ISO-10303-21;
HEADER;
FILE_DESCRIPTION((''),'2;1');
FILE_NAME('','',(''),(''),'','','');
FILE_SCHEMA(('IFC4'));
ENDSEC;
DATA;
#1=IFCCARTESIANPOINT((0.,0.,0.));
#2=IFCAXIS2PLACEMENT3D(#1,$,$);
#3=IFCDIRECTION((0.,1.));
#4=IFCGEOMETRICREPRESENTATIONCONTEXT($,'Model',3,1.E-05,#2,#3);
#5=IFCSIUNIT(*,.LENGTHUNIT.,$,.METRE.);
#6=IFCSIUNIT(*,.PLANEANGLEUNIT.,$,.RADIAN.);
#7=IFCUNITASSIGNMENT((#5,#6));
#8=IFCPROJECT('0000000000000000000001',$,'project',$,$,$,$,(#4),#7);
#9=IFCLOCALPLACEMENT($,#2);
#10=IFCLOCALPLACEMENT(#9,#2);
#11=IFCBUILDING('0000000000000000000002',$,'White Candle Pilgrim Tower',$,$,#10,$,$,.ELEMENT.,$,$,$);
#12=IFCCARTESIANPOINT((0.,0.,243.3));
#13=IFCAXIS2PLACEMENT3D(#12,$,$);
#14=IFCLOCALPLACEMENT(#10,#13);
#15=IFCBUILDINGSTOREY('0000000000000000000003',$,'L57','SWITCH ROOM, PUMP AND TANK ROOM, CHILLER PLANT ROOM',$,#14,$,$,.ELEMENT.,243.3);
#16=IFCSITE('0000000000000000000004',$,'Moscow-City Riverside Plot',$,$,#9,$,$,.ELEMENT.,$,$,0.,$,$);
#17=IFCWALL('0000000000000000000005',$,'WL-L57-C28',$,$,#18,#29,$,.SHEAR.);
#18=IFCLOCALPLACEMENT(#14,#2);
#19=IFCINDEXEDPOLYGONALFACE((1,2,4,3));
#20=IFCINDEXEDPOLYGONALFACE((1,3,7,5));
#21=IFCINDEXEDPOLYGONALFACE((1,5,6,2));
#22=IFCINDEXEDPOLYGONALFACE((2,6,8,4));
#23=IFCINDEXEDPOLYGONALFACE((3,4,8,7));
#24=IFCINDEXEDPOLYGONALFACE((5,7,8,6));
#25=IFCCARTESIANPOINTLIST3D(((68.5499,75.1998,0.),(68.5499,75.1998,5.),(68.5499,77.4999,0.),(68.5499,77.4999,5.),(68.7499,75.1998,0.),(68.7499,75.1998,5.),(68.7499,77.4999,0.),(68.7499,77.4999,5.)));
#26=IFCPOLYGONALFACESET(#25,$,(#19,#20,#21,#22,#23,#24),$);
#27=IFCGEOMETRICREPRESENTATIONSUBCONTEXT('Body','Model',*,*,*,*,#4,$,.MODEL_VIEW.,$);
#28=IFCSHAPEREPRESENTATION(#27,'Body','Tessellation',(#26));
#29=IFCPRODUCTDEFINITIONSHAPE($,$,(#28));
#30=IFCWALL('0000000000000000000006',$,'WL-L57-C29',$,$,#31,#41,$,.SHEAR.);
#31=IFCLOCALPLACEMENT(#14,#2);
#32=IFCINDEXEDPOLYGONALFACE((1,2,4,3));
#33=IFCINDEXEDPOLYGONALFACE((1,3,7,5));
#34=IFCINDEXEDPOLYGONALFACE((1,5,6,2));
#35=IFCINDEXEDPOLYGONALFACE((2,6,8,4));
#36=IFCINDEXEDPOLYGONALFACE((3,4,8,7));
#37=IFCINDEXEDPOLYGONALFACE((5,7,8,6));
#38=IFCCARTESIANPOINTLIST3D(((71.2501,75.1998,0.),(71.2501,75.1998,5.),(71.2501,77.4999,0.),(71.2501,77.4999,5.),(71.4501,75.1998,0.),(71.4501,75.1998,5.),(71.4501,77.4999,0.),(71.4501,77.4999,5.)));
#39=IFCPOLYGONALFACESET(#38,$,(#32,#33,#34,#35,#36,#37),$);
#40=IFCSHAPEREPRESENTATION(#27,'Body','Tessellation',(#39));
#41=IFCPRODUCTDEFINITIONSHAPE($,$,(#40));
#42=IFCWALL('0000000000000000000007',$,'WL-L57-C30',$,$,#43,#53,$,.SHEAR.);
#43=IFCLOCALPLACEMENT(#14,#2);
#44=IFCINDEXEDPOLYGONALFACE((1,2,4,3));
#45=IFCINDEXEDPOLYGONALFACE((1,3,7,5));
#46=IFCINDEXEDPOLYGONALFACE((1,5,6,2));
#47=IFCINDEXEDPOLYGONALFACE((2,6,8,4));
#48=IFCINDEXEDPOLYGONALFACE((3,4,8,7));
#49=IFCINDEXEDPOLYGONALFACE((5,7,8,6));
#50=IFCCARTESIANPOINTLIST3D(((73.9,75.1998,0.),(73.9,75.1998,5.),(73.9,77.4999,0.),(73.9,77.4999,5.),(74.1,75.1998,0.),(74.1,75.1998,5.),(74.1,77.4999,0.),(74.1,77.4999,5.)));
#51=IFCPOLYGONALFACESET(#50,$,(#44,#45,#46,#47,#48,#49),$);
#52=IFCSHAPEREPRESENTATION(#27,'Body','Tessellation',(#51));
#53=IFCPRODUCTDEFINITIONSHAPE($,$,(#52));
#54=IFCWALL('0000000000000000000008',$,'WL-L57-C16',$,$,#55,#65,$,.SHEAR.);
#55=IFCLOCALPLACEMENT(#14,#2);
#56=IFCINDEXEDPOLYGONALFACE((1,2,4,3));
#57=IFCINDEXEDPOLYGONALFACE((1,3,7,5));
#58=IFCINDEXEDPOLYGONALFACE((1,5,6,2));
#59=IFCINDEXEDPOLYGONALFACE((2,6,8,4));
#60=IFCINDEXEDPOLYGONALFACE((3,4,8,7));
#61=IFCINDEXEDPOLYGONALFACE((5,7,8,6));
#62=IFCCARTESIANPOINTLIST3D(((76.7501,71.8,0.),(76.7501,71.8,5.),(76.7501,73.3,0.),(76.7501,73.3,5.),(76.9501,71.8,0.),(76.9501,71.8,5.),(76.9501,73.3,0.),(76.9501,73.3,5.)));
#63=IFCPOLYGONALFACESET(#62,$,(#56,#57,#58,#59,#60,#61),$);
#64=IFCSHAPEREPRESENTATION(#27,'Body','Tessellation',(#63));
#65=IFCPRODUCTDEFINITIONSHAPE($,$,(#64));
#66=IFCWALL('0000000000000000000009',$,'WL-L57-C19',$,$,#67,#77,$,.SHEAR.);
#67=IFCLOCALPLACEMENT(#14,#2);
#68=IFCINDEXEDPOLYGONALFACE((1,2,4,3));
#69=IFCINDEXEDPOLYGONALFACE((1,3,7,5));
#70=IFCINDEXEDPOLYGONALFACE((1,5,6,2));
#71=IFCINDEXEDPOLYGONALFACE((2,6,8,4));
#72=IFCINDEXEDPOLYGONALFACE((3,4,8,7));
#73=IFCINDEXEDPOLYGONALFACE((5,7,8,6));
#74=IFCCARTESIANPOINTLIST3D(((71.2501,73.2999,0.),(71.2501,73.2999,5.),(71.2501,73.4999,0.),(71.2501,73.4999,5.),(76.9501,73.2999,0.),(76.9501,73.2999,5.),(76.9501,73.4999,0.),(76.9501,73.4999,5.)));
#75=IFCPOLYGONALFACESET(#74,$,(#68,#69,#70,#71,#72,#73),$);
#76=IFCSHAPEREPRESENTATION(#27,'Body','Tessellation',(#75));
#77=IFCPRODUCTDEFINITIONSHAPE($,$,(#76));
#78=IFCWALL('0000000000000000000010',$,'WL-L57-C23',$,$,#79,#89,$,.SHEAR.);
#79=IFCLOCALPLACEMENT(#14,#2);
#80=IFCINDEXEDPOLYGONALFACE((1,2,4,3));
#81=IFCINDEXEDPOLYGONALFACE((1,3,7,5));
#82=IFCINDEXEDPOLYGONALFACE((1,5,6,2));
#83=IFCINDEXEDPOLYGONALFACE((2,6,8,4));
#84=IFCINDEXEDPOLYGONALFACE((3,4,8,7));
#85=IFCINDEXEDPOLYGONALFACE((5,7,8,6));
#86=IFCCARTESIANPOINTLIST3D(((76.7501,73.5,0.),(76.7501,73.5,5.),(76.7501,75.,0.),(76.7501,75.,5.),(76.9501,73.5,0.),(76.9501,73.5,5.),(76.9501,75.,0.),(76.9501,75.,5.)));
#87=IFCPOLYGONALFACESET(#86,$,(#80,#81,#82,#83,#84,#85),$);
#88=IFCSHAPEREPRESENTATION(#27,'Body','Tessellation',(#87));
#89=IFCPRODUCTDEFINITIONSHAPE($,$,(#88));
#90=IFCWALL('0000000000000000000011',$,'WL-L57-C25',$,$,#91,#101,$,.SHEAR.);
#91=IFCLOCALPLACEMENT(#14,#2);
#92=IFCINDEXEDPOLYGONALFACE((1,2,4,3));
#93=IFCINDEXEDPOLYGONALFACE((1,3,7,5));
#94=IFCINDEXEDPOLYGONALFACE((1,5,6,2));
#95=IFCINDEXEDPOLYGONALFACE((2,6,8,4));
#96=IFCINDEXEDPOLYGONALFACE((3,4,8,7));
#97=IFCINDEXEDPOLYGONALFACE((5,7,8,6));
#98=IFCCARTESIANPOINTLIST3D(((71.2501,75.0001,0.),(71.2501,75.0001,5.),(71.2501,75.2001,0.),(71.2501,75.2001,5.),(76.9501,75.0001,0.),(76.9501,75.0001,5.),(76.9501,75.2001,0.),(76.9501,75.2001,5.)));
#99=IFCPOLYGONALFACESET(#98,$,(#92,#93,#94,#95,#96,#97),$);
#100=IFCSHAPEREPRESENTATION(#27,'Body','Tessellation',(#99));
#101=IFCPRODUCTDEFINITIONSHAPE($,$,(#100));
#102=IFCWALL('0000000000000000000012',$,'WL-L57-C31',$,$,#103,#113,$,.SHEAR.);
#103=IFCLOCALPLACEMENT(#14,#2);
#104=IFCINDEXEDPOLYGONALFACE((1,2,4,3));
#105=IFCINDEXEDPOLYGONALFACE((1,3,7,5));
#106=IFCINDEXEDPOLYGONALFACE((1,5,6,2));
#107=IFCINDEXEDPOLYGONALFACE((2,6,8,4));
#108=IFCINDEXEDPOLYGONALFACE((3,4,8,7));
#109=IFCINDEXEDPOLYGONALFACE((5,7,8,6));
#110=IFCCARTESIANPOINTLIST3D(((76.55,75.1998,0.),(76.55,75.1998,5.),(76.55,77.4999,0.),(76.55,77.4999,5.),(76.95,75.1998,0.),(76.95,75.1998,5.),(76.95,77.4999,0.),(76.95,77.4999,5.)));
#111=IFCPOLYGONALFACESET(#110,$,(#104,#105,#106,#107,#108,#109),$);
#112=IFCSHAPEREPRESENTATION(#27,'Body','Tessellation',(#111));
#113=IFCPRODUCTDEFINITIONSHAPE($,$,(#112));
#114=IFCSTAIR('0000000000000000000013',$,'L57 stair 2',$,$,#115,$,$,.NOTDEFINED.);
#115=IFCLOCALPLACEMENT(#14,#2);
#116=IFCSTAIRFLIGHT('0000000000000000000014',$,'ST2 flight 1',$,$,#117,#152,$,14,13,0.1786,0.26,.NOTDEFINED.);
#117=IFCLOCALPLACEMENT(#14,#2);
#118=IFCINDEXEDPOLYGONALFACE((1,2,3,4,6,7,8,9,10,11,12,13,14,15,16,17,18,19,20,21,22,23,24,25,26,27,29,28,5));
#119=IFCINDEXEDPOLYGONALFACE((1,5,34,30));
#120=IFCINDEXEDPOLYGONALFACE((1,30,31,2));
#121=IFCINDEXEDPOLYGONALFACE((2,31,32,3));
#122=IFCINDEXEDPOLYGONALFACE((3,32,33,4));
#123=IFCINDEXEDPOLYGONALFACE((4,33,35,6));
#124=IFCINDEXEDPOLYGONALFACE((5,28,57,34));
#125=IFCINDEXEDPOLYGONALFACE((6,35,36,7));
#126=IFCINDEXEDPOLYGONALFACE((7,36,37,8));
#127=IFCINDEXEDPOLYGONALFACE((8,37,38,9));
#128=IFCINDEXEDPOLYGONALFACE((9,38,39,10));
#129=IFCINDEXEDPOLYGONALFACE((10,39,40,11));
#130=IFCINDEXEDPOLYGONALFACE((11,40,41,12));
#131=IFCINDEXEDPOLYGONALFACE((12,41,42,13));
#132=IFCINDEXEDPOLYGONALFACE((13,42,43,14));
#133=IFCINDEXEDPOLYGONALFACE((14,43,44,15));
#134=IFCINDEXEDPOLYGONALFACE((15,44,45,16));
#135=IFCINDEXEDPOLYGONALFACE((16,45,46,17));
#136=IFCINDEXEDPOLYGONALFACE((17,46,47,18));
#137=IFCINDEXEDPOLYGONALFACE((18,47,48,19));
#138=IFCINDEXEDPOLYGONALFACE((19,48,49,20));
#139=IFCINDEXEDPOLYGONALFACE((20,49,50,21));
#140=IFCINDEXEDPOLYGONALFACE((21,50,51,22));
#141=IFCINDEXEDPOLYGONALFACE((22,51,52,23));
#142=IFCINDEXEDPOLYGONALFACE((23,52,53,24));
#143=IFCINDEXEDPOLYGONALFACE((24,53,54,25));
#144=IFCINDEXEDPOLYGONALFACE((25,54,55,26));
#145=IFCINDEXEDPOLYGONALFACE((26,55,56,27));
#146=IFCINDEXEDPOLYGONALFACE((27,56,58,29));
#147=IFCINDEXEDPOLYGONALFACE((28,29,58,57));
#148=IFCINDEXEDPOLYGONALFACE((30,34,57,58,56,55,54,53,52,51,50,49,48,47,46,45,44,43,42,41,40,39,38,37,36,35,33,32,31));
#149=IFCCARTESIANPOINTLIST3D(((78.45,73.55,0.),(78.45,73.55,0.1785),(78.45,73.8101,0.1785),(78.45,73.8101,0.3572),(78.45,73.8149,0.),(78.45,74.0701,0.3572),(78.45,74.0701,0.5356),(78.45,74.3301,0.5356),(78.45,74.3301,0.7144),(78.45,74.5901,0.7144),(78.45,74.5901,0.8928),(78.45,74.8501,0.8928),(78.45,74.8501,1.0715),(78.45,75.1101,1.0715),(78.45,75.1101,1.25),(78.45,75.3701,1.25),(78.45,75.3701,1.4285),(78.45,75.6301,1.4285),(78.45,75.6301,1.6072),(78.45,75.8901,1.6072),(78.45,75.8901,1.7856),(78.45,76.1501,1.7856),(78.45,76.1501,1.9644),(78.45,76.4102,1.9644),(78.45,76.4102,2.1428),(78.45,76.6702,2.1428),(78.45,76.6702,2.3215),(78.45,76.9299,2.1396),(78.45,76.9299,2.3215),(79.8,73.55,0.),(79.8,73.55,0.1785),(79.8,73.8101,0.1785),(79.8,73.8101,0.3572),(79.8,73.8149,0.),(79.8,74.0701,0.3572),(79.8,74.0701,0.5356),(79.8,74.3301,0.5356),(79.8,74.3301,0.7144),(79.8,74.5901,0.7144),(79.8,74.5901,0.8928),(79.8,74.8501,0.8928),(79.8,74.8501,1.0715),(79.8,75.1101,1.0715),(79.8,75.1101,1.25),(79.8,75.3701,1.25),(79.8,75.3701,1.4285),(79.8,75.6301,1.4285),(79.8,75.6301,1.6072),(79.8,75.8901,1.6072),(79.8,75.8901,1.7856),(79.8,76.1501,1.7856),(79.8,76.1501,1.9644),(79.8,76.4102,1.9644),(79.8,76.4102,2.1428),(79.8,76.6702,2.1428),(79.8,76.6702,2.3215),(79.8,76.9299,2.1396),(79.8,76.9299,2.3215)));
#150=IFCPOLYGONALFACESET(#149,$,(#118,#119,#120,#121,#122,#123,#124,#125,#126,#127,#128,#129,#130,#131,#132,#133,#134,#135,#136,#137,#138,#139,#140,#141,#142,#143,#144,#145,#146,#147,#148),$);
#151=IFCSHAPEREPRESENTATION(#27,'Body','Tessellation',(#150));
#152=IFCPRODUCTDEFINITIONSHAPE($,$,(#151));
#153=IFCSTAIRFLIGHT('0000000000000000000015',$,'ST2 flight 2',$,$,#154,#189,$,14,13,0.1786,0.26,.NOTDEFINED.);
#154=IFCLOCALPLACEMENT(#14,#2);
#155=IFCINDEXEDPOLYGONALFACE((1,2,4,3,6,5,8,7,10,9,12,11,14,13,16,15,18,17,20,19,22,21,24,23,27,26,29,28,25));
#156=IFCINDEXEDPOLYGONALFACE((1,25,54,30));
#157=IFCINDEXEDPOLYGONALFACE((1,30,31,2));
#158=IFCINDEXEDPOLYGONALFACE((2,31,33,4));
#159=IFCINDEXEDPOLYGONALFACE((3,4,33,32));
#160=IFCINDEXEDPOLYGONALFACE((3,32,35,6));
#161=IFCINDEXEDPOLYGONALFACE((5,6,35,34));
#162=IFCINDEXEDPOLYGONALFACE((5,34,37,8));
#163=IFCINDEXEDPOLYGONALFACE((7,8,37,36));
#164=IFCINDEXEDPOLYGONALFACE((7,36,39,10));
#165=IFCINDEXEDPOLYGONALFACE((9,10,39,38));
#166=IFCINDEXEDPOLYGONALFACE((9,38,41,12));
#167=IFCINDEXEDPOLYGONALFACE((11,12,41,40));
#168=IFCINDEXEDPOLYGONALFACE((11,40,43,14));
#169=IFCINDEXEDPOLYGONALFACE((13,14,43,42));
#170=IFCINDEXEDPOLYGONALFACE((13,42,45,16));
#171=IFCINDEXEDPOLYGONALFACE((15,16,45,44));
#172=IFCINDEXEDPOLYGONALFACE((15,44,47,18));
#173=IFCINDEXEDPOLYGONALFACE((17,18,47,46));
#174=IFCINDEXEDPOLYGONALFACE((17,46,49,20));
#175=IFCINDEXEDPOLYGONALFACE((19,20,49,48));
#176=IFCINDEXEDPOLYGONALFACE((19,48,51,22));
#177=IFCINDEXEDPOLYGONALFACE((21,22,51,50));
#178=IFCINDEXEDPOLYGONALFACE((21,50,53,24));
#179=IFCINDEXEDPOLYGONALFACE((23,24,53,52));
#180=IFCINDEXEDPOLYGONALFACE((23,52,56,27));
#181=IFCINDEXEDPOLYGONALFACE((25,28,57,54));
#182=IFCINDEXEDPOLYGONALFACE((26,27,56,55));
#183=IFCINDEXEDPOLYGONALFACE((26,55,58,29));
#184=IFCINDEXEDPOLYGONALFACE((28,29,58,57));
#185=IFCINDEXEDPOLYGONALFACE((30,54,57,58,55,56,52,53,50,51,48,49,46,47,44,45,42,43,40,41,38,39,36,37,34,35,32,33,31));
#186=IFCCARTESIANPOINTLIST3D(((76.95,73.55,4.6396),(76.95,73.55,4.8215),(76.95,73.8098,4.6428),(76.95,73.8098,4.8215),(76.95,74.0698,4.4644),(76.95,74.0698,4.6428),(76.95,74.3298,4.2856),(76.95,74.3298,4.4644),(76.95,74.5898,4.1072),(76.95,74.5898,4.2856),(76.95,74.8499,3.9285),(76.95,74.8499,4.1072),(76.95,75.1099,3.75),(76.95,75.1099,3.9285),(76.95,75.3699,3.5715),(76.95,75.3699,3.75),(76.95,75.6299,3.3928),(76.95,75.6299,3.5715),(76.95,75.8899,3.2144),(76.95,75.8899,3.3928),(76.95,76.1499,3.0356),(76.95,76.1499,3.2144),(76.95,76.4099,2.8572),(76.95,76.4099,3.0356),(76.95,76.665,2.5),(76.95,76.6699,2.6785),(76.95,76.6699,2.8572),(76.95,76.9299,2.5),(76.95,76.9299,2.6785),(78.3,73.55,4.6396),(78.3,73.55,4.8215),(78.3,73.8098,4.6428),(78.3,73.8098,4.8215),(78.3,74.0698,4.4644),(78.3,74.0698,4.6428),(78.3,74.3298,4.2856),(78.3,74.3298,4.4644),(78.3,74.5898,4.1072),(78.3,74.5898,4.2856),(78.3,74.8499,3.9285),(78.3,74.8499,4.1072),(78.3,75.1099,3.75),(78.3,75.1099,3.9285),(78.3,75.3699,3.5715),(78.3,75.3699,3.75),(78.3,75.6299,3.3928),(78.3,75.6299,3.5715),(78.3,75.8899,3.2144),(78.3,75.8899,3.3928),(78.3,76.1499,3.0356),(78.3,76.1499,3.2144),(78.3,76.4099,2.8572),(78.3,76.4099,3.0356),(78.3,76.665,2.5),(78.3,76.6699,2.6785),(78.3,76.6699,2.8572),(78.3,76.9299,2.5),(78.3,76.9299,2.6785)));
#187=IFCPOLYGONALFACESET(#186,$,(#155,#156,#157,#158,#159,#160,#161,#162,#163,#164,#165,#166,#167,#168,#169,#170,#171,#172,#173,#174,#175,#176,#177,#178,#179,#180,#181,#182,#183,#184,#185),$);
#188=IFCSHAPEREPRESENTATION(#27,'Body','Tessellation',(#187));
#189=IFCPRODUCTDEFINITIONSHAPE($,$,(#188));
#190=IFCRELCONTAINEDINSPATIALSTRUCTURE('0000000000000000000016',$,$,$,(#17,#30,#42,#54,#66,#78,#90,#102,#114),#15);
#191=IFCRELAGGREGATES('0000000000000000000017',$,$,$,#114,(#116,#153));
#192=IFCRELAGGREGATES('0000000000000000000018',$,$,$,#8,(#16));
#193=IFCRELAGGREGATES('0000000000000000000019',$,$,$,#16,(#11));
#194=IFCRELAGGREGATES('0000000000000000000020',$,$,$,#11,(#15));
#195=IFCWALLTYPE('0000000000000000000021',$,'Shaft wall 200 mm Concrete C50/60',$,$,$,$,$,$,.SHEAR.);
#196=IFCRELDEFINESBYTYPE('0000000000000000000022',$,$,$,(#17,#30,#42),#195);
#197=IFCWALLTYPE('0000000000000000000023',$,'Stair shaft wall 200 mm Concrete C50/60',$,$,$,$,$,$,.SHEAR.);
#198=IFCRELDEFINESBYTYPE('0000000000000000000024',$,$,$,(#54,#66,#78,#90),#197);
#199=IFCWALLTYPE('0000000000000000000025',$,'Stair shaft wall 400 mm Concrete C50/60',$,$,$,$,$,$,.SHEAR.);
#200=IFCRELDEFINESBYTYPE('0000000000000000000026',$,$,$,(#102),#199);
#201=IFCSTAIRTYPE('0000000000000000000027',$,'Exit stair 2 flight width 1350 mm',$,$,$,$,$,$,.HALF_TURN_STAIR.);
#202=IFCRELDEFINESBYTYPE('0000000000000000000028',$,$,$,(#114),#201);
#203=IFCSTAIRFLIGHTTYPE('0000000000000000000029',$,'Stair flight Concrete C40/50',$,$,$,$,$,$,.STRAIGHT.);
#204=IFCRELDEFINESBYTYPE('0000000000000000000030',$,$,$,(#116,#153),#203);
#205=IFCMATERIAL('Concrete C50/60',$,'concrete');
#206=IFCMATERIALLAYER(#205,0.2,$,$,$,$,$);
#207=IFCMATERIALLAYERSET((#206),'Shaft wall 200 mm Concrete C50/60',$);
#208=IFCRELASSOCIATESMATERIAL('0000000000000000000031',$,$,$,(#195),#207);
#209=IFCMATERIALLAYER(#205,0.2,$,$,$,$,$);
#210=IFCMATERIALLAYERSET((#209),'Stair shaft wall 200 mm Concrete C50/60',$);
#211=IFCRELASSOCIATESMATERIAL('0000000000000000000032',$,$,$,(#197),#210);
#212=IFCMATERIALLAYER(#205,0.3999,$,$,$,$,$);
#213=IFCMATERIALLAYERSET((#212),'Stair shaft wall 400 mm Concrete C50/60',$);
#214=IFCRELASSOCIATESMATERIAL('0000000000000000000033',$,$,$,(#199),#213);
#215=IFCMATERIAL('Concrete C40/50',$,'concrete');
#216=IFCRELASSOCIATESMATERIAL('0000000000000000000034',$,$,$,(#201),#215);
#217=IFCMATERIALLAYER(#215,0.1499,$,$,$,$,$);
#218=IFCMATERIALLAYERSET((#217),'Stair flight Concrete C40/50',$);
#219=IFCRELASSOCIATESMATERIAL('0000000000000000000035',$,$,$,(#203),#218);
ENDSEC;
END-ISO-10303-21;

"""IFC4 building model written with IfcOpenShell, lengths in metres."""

from ifc_helpers import new_model, si_unit, direction, frame, frame_2d, origin, place, context, subcontext, project, spatial, polyline, rectangle, outline, extrude, material, layer, layer_set, type_object, element, aggregate, save


model = new_model("IFC4")

# Units and contexts
model_context = context("Model", 3, precision=1e-05, world=origin(), true_north=direction((0.0, 1.0)))
body_context = subcontext(model_context, "Body", "Model", "MODEL_VIEW")
ifc_project = project(units=[si_unit("LENGTHUNIT", "METRE"), si_unit("PLANEANGLEUNIT", "RADIAN")], contexts=[model_context])

# Site, building, storey
site_placement = place(None, origin())
site = spatial("IfcSite", under=ifc_project, at=site_placement, Name="Moscow-City Riverside Plot", CompositionType="ELEMENT", RefElevation=0.0)
building_placement = place(site_placement, origin())
building = spatial("IfcBuilding", under=site, at=building_placement, Name="White Candle Pilgrim Tower", CompositionType="ELEMENT")
storey_placement = place(building_placement, frame((0.0, 0.0, 243.3)))
storey = spatial("IfcBuildingStorey", under=building, at=storey_placement, Name="L57", Description="SWITCH ROOM, PUMP AND TANK ROOM, CHILLER PLANT ROOM", CompositionType="ELEMENT", Elevation=243.3)

# Walls
ifc_material_1 = material(Name="Concrete C50/60", Category="concrete")
ifc_layer_1 = layer(ifc_material_1, 0.2)
ifc_layer_set_1 = layer_set([ifc_layer_1], Name="Shaft wall 200 mm Concrete C50/60")
wall_type_1 = type_object("IfcWallType", Name="Shaft wall 200 mm Concrete C50/60", PredefinedType="SHEAR", material=ifc_layer_set_1)
for number, where, z_axis, x_axis, name in (
    (1, (68.6499, 75.2, 0.0), (0.0, 0.0, 1.0), (0.0, 1.0, 0.0), "WL-L57-C28"),
    (2, (71.3501, 75.2, 0.0), (0.0, 0.0, 1.0), (0.0, 1.0, 0.0), "WL-L57-C29"),
    (3, (74.0, 75.2, 0.0), (0.0, 0.0, 1.0), (0.0, 1.0, 0.0), "WL-L57-C30"),
):
    element("IfcWall", number, at=place(storey_placement, frame(where, z_axis=z_axis, x_axis=x_axis)), inside=storey, type_object=wall_type_1, Name=name, PredefinedType="SHEAR", context=body_context, shape_type="SweptSolid", body=[
        extrude(rectangle(XDim=2.3, YDim=0.2, at=frame_2d((1.1499, 0.0))), origin(), (0.0, 0.0, 1.0), 5.0),
    ])
ifc_layer_2 = layer(ifc_material_1, 0.2)
ifc_layer_set_2 = layer_set([ifc_layer_2], Name="Stair shaft wall 200 mm Concrete C50/60")
wall_type_2 = type_object("IfcWallType", Name="Stair shaft wall 200 mm Concrete C50/60", PredefinedType="SHEAR", material=ifc_layer_set_2)
wall_1_placement = place(storey_placement, frame((76.8501, 71.8, 0.0), z_axis=(0.0, 0.0, 1.0), x_axis=(0.0, 1.0, 0.0)))
element("IfcWall", 4, at=wall_1_placement, inside=storey, type_object=wall_type_2, Name="WL-L57-C16", PredefinedType="SHEAR", context=body_context, shape_type="SweptSolid", body=[
    extrude(rectangle(XDim=1.5, YDim=0.2, at=frame_2d((0.75, 0.0))), origin(), (0.0, 0.0, 1.0), 5.0),
])
wall_2_placement = place(storey_placement, frame((71.25, 73.3999, 0.0), z_axis=(0.0, 0.0, 1.0), x_axis=(1.0, 0.0, 0.0)))
element("IfcWall", 5, at=wall_2_placement, inside=storey, type_object=wall_type_2, Name="WL-L57-C19", PredefinedType="SHEAR", context=body_context, shape_type="SweptSolid", body=[
    extrude(rectangle(XDim=5.7, YDim=0.2, at=frame_2d((2.8501, 0.0))), origin(), (0.0, 0.0, 1.0), 5.0),
])
wall_3_placement = place(storey_placement, frame((76.8501, 73.5, 0.0), z_axis=(0.0, 0.0, 1.0), x_axis=(0.0, 1.0, 0.0)))
element("IfcWall", 6, at=wall_3_placement, inside=storey, type_object=wall_type_2, Name="WL-L57-C23", PredefinedType="SHEAR", context=body_context, shape_type="SweptSolid", body=[
    extrude(rectangle(XDim=1.5, YDim=0.2, at=frame_2d((0.75, 0.0))), origin(), (0.0, 0.0, 1.0), 5.0),
])
wall_4_placement = place(storey_placement, frame((71.25, 75.1001, 0.0), z_axis=(0.0, 0.0, 1.0), x_axis=(1.0, 0.0, 0.0)))
element("IfcWall", 7, at=wall_4_placement, inside=storey, type_object=wall_type_2, Name="WL-L57-C25", PredefinedType="SHEAR", context=body_context, shape_type="SweptSolid", body=[
    extrude(rectangle(XDim=5.7, YDim=0.2, at=frame_2d((2.8501, 0.0))), origin(), (0.0, 0.0, 1.0), 5.0),
])
ifc_layer_3 = layer(ifc_material_1, 0.3999)
ifc_layer_set_3 = layer_set([ifc_layer_3], Name="Stair shaft wall 400 mm Concrete C50/60")
wall_type_3 = type_object("IfcWallType", Name="Stair shaft wall 400 mm Concrete C50/60", PredefinedType="SHEAR", material=ifc_layer_set_3)
wall_5_placement = place(storey_placement, frame((76.75, 75.2, 0.0), z_axis=(0.0, 0.0, 1.0), x_axis=(0.0, 1.0, 0.0)))
element("IfcWall", 8, at=wall_5_placement, inside=storey, type_object=wall_type_3, Name="WL-L57-C31", PredefinedType="SHEAR", context=body_context, shape_type="SweptSolid", body=[
    extrude(rectangle(XDim=2.3, YDim=0.3999, at=frame_2d((1.1499, 0.0))), origin(), (0.0, 0.0, 1.0), 5.0),
])

# Stair, stair flights
ifc_material_2 = material(Name="Concrete C40/50", Category="concrete")
stair_type = type_object("IfcStairType", Name="Exit stair 2 flight width 1350 mm", PredefinedType="HALF_TURN_STAIR", material=ifc_material_2)
stair_placement = place(storey_placement, origin())
stair = element("IfcStair", 9, at=stair_placement, inside=storey, type_object=stair_type, Name="L57 stair 2", PredefinedType="NOTDEFINED")
ifc_layer_4 = layer(ifc_material_2, 0.1499)
ifc_layer_set_4 = layer_set([ifc_layer_4], Name="Stair flight Concrete C40/50")
stair_flight_type = type_object("IfcStairFlightType", Name="Stair flight Concrete C40/50", PredefinedType="STRAIGHT", material=ifc_layer_set_4)
stair_flight_1_placement = place(storey_placement, frame((79.125, 73.55, 0.0), z_axis=(0.0, 0.0, 1.0), x_axis=(0.0, 1.0, 0.0)))
stair_flight_1 = element("IfcStairFlight", 10, at=stair_flight_1_placement, type_object=stair_flight_type, Name="ST2 flight 1", NumberOfRisers=14, NumberOfTreads=13, PredefinedType="NOTDEFINED", RiserHeight=0.1786, TreadLength=0.26, context=body_context, shape_type="SweptSolid", body=[
    extrude(outline(polyline([(0.0, 0.0), (0.0, 0.1785), (0.26, 0.1785), (0.26, 0.3572), (0.52, 0.3572), (0.52, 0.5356), (0.78, 0.5356), (0.78, 0.7144), (1.04, 0.7144), (1.04, 0.8928), (1.3, 0.8928), (1.3, 1.0715), (1.5601, 1.0715), (1.5601, 1.25), (1.8201, 1.25), (1.8201, 1.4285), (2.0801, 1.4285), (2.0801, 1.6072), (2.3401, 1.6072), (2.3401, 1.7856), (2.6001, 1.7856), (2.6001, 1.9644), (2.8601, 1.9644), (2.8601, 2.1428), (3.1201, 2.1428), (3.1201, 2.3215), (3.3799, 2.3215), (3.3799, 2.5), (3.3799, 2.1396), (0.2649, 0.0), (0.0, 0.0)])), frame((0.0, 0.675, 0.0), z_axis=(0.0, -1.0, 0.0), x_axis=(1.0, 0.0, 0.0)), (0.0, 0.0, 1.0), 1.3501),
])
stair_flight_2_placement = place(storey_placement, frame((77.625, 76.9299, 2.5), z_axis=(0.0, 0.0, 1.0), x_axis=(0.0, -1.0, 0.0)))
stair_flight_2 = element("IfcStairFlight", 11, at=stair_flight_2_placement, type_object=stair_flight_type, Name="ST2 flight 2", NumberOfRisers=14, NumberOfTreads=13, PredefinedType="NOTDEFINED", RiserHeight=0.1786, TreadLength=0.26, context=body_context, shape_type="SweptSolid", body=[
    extrude(outline(polyline([(0.0, 0.0), (0.0, 0.1785), (0.26, 0.1785), (0.26, 0.3572), (0.52, 0.3572), (0.52, 0.5356), (0.78, 0.5356), (0.78, 0.7144), (1.04, 0.7144), (1.04, 0.8928), (1.3, 0.8928), (1.3, 1.0715), (1.5601, 1.0715), (1.5601, 1.25), (1.8201, 1.25), (1.8201, 1.4285), (2.0801, 1.4285), (2.0801, 1.6072), (2.3401, 1.6072), (2.3401, 1.7856), (2.6001, 1.7856), (2.6001, 1.9644), (2.8601, 1.9644), (2.8601, 2.1428), (3.1201, 2.1428), (3.1201, 2.3215), (3.3799, 2.3215), (3.3799, 2.5), (3.3799, 2.1396), (0.2649, 0.0), (0.0, 0.0)])), frame((0.0, 0.675, 0.0), z_axis=(0.0, -1.0, 0.0), x_axis=(1.0, 0.0, 0.0)), (0.0, 0.0, 1.0), 1.3501),
])
aggregate(stair, [stair_flight_1, stair_flight_2])

save(model, "model.ifc")
